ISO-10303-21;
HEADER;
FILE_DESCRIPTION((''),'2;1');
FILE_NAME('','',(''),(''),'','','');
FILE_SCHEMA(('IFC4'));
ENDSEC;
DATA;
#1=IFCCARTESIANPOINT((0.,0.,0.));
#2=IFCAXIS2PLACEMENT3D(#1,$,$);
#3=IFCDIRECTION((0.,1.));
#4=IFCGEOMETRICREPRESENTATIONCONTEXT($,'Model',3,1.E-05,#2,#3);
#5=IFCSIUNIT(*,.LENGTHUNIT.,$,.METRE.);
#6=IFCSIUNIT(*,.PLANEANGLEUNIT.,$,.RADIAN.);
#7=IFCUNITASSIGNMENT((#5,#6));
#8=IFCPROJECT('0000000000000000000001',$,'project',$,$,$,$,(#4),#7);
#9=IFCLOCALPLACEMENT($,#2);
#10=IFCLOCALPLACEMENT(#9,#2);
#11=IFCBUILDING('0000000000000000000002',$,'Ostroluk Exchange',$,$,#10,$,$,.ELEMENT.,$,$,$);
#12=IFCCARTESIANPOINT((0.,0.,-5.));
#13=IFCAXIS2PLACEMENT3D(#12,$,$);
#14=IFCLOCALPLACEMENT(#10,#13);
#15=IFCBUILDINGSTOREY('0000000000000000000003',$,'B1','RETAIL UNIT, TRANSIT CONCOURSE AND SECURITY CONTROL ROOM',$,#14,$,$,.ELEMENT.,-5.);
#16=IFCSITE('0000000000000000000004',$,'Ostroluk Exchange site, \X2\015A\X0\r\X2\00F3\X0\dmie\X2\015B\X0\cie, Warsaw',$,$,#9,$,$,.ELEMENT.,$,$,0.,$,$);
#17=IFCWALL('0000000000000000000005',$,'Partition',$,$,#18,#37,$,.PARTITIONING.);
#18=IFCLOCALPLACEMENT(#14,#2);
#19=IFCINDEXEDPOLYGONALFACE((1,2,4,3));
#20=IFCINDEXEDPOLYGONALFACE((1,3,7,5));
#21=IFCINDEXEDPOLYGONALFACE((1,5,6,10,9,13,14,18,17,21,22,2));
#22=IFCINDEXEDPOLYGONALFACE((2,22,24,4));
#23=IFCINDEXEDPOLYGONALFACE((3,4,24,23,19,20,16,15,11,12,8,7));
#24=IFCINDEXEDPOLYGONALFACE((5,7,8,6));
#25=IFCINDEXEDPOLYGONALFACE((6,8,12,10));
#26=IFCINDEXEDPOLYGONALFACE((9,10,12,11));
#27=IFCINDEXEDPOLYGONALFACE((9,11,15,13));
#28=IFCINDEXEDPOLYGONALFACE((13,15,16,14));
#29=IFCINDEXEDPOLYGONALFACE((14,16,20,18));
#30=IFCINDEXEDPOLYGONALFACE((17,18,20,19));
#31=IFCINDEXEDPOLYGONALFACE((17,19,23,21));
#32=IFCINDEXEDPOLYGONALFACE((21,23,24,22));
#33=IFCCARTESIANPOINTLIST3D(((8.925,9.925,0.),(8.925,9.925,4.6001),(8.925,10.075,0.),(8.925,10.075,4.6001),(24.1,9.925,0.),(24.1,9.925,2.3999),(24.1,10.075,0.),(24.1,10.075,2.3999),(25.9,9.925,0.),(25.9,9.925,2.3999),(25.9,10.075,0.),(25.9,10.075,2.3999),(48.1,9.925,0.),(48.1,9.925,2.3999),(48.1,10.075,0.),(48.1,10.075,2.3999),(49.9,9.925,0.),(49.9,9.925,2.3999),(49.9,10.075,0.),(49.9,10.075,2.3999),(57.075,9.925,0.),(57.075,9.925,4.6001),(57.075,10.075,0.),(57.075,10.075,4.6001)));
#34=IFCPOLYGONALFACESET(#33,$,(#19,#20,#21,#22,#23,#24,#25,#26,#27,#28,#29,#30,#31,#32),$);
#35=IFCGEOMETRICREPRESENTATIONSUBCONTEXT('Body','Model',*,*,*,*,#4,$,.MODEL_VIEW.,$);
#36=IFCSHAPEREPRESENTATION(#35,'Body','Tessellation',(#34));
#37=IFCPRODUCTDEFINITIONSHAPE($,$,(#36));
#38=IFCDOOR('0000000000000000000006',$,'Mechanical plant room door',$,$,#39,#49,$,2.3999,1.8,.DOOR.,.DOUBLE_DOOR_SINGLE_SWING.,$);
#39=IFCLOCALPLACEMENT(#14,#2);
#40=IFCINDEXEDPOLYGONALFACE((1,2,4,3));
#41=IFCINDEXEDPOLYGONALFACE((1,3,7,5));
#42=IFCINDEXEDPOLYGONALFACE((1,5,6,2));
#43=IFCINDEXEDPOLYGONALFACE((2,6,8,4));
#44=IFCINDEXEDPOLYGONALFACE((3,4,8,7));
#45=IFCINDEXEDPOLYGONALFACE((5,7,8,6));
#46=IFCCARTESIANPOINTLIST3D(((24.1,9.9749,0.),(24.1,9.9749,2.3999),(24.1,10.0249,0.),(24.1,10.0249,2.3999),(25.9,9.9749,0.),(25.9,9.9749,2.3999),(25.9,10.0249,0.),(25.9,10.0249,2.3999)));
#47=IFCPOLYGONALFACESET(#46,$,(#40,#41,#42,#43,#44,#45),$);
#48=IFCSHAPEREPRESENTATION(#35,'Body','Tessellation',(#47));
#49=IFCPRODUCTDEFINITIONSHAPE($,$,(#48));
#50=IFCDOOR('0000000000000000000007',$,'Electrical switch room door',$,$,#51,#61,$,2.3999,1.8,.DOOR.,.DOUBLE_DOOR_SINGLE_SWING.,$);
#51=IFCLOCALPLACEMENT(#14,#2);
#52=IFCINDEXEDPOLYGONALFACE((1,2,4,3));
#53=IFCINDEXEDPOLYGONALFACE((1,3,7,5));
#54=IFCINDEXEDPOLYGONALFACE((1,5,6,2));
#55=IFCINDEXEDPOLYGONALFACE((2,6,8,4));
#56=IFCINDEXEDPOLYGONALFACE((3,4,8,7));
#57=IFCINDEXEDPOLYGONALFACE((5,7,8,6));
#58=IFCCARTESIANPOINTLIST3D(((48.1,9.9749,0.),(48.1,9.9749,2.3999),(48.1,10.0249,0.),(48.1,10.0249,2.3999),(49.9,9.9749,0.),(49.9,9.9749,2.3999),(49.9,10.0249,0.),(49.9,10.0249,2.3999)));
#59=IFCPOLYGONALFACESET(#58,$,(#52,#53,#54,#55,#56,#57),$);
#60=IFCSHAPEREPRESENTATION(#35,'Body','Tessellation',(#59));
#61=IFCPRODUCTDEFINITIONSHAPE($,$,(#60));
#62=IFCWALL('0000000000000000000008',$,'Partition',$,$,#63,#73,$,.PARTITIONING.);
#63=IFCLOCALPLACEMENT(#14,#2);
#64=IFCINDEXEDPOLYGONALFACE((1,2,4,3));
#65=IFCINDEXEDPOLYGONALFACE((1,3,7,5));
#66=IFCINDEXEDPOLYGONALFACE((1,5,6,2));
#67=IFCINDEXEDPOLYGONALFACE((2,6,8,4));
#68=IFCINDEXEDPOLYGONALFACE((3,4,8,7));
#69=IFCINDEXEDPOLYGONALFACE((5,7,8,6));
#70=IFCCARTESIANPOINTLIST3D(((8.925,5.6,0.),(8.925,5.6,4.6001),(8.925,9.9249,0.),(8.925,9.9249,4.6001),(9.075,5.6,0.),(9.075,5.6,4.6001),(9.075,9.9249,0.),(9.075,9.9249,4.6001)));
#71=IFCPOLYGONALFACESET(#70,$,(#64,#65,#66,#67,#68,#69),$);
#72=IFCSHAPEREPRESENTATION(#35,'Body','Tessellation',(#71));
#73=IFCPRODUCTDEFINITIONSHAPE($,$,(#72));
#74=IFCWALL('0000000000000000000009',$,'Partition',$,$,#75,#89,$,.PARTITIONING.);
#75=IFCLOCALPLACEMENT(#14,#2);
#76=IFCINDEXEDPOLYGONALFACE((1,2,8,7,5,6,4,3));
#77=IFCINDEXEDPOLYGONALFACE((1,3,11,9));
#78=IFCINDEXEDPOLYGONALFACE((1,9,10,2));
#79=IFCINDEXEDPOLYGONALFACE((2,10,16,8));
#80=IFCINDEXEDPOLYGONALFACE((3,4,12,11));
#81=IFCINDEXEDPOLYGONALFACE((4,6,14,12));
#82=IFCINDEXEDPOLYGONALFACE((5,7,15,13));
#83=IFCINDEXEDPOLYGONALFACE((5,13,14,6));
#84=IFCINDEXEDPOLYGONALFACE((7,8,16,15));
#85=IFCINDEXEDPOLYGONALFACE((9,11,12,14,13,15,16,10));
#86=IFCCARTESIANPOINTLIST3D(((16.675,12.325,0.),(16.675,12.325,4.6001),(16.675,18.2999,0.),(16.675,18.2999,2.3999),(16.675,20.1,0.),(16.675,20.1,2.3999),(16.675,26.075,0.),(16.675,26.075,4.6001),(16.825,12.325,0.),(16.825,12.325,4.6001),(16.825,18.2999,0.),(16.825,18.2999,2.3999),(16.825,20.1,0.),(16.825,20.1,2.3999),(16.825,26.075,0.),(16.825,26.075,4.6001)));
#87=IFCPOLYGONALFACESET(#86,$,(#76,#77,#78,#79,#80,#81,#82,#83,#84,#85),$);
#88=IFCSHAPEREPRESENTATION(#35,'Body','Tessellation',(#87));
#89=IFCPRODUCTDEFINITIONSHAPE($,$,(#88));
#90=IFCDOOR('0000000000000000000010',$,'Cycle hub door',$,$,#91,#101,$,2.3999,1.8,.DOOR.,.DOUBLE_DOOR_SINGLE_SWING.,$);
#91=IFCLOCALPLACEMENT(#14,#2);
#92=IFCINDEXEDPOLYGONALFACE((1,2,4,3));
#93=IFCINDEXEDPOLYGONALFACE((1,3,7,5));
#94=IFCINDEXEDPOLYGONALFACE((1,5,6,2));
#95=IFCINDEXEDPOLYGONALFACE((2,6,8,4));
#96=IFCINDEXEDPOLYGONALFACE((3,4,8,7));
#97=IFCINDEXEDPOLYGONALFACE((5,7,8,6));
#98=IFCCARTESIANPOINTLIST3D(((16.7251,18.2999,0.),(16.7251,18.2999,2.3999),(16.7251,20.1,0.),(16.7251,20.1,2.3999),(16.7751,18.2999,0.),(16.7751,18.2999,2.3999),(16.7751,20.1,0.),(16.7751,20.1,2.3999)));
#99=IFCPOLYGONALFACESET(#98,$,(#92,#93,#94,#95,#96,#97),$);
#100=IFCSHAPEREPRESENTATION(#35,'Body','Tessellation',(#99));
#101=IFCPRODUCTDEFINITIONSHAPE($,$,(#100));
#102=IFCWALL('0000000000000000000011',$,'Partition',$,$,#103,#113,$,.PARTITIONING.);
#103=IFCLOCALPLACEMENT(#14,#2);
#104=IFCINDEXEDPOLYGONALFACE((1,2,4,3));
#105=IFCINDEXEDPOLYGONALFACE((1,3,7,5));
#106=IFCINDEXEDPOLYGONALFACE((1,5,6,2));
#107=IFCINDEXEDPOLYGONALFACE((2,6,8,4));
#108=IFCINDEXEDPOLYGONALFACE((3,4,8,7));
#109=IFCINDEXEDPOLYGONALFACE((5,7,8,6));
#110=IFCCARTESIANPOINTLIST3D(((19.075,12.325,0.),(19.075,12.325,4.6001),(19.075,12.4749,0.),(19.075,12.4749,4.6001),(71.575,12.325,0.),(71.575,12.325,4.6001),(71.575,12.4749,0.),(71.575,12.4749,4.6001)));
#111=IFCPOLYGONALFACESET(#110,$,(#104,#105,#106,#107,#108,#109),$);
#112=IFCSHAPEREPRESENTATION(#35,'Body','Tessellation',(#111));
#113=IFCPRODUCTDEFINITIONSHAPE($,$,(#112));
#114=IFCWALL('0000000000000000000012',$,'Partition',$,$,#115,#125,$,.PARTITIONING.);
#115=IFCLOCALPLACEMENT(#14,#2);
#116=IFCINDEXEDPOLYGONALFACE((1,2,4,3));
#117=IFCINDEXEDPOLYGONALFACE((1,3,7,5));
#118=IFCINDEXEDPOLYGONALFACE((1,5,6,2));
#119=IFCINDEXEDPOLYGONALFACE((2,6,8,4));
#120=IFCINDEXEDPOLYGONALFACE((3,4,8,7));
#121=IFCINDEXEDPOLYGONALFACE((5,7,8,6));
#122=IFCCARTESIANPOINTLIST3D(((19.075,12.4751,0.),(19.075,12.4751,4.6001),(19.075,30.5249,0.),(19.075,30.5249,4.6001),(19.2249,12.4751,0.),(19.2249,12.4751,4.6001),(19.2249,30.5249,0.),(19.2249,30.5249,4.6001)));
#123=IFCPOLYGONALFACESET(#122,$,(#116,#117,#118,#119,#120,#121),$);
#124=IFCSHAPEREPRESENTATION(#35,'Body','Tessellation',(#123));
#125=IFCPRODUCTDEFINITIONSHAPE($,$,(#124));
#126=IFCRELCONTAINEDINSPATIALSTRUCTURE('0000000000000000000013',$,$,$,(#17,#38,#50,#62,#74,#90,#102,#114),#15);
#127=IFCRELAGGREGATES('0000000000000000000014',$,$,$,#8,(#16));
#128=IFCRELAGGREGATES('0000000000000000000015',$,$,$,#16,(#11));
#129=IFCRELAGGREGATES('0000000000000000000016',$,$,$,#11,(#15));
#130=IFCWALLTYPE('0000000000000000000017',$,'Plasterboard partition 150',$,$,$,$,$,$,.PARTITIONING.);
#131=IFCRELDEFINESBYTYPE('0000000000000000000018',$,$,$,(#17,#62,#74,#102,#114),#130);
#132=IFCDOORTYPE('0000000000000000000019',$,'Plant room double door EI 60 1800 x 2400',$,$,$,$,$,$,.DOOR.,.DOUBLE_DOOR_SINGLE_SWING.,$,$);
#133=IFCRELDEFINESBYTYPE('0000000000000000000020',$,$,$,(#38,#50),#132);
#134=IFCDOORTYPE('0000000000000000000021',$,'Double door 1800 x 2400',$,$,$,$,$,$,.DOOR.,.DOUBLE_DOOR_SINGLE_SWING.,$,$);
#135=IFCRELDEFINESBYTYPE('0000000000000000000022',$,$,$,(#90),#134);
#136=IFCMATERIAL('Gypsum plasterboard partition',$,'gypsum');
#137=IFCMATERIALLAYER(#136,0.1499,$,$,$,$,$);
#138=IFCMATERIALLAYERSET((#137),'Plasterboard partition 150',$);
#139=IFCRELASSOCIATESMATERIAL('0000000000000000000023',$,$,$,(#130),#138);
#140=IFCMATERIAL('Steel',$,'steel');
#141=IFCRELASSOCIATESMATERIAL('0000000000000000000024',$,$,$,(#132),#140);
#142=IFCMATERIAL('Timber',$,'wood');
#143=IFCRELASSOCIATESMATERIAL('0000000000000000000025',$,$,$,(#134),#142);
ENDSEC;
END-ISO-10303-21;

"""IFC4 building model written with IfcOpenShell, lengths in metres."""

from ifc_helpers import new_model, si_unit, direction, frame, frame_2d, origin, place, context, subcontext, project, spatial, rectangle, extrude, material, layer, layer_set, type_object, element, fill, save


model = new_model("IFC4")

# Units and contexts
model_context = context("Model", 3, precision=1e-05, world=origin(), true_north=direction((0.0, 1.0)))
body_context = subcontext(model_context, "Body", "Model", "MODEL_VIEW")
ifc_project = project(units=[si_unit("LENGTHUNIT", "METRE"), si_unit("PLANEANGLEUNIT", "RADIAN")], contexts=[model_context])

# Site, building, storey
site_placement = place(None, origin())
site = spatial("IfcSite", under=ifc_project, at=site_placement, Name="Ostroluk Exchange site, Śródmieście, Warsaw", CompositionType="ELEMENT", RefElevation=0.0)
building_placement = place(site_placement, origin())
building = spatial("IfcBuilding", under=site, at=building_placement, Name="Ostroluk Exchange", CompositionType="ELEMENT")
storey_placement = place(building_placement, frame((0.0, 0.0, -5.0)))
storey = spatial("IfcBuildingStorey", under=building, at=storey_placement, Name="B1", Description="RETAIL UNIT, TRANSIT CONCOURSE AND SECURITY CONTROL ROOM", CompositionType="ELEMENT", Elevation=-5.0)

# Wall, openings, doors
ifc_material_1 = material(Name="Gypsum plasterboard partition", Category="gypsum")
ifc_layer = layer(ifc_material_1, 0.1499)
ifc_layer_set = layer_set([ifc_layer], Name="Plasterboard partition 150")
wall_type = type_object("IfcWallType", Name="Plasterboard partition 150", PredefinedType="PARTITIONING", material=ifc_layer_set)
wall_1_placement = place(storey_placement, frame((8.925, 10.0, 0.0), z_axis=(0.0, 0.0, 1.0), x_axis=(1.0, 0.0, 0.0)))
wall_1 = element("IfcWall", 1, at=wall_1_placement, inside=storey, type_object=wall_type, Name="Partition", PredefinedType="PARTITIONING", context=body_context, shape_type="SweptSolid", body=[
    extrude(rectangle(XDim=48.1499, YDim=0.1499, at=frame_2d((24.075, 0.0))), origin(), (0.0, 0.0, 1.0), 4.6001),
])
opening_1_placement = place(wall_1_placement, frame((15.175, 0.0, 0.0)))
opening_1 = element("IfcOpeningElement", 2, at=opening_1_placement, cuts=wall_1, PredefinedType="OPENING", context=body_context, shape_type="SweptSolid", body=[
    extrude(rectangle(XDim=1.8, YDim=2.3999, at=frame_2d((0.8999, 1.2))), frame((0.0, 0.085, 0.0), z_axis=(0.0, -1.0, 0.0), x_axis=(1.0, 0.0, 0.0)), (0.0, 0.0, 1.0), 0.1699),
])
opening_2_placement = place(wall_1_placement, frame((39.175, 0.0, 0.0)))
opening_2 = element("IfcOpeningElement", 3, at=opening_2_placement, cuts=wall_1, PredefinedType="OPENING", context=body_context, shape_type="SweptSolid", body=[
    extrude(rectangle(XDim=1.8, YDim=2.3999, at=frame_2d((0.8999, 1.2))), frame((0.0, 0.085, 0.0), z_axis=(0.0, -1.0, 0.0), x_axis=(1.0, 0.0, 0.0)), (0.0, 0.0, 1.0), 0.1699),
])
ifc_material_2 = material(Name="Steel", Category="steel")
door_type_1 = type_object("IfcDoorType", Name="Plant room double door EI 60 1800 x 2400", OperationType="DOUBLE_DOOR_SINGLE_SWING", PredefinedType="DOOR", material=ifc_material_2)
door_1_placement = place(opening_1_placement, origin())
door_1 = element("IfcDoor", 4, at=door_1_placement, inside=storey, type_object=door_type_1, Name="Mechanical plant room door", OperationType="DOUBLE_DOOR_SINGLE_SWING", OverallHeight=2.3999, OverallWidth=1.8, PredefinedType="DOOR", context=body_context, shape_type="SweptSolid", body=[
    extrude(rectangle(XDim=1.8, YDim=2.3999, at=frame_2d((0.8999, 1.2))), frame((0.0, 0.0249, 0.0), z_axis=(0.0, -1.0, 0.0), x_axis=(1.0, 0.0, 0.0)), (0.0, 0.0, 1.0), 0.05),
])
fill(opening_1, door_1)
door_2_placement = place(opening_2_placement, origin())
door_2 = element("IfcDoor", 5, at=door_2_placement, inside=storey, type_object=door_type_1, Name="Electrical switch room door", OperationType="DOUBLE_DOOR_SINGLE_SWING", OverallHeight=2.3999, OverallWidth=1.8, PredefinedType="DOOR", context=body_context, shape_type="SweptSolid", body=[
    extrude(rectangle(XDim=1.8, YDim=2.3999, at=frame_2d((0.8999, 1.2))), frame((0.0, 0.0249, 0.0), z_axis=(0.0, -1.0, 0.0), x_axis=(1.0, 0.0, 0.0)), (0.0, 0.0, 1.0), 0.05),
])
fill(opening_2, door_2)

# Wall
wall_2_placement = place(storey_placement, frame((9.0, 9.925, 0.0), z_axis=(0.0, 0.0, 1.0), x_axis=(0.0, -1.0, 0.0)))
element("IfcWall", 6, at=wall_2_placement, inside=storey, type_object=wall_type, Name="Partition", PredefinedType="PARTITIONING", context=body_context, shape_type="SweptSolid", body=[
    extrude(rectangle(XDim=4.325, YDim=0.1499, at=frame_2d((2.1626, 0.0))), origin(), (0.0, 0.0, 1.0), 4.6001),
])

# Wall, opening, door
wall_3_placement = place(storey_placement, frame((16.75, 12.325, 0.0), z_axis=(0.0, 0.0, 1.0), x_axis=(0.0, 1.0, 0.0)))
wall_3 = element("IfcWall", 7, at=wall_3_placement, inside=storey, type_object=wall_type, Name="Partition", PredefinedType="PARTITIONING", context=body_context, shape_type="SweptSolid", body=[
    extrude(rectangle(XDim=13.75, YDim=0.1499, at=frame_2d((6.875, 0.0))), origin(), (0.0, 0.0, 1.0), 4.6001),
])
opening_3_placement = place(wall_3_placement, frame((5.9751, 0.0, 0.0)))
opening_3 = element("IfcOpeningElement", 8, at=opening_3_placement, cuts=wall_3, PredefinedType="OPENING", context=body_context, shape_type="SweptSolid", body=[
    extrude(rectangle(XDim=1.8, YDim=2.3999, at=frame_2d((0.8999, 1.2))), frame((0.0, 0.085, 0.0), z_axis=(0.0, -1.0, 0.0), x_axis=(1.0, 0.0, 0.0)), (0.0, 0.0, 1.0), 0.1699),
])
ifc_material_3 = material(Name="Timber", Category="wood")
door_type_2 = type_object("IfcDoorType", Name="Double door 1800 x 2400", OperationType="DOUBLE_DOOR_SINGLE_SWING", PredefinedType="DOOR", material=ifc_material_3)
door_3_placement = place(opening_3_placement, origin())
door_3 = element("IfcDoor", 9, at=door_3_placement, inside=storey, type_object=door_type_2, Name="Cycle hub door", OperationType="DOUBLE_DOOR_SINGLE_SWING", OverallHeight=2.3999, OverallWidth=1.8, PredefinedType="DOOR", context=body_context, shape_type="SweptSolid", body=[
    extrude(rectangle(XDim=1.8, YDim=2.3999, at=frame_2d((0.8999, 1.2))), frame((0.0, 0.0249, 0.0), z_axis=(0.0, -1.0, 0.0), x_axis=(1.0, 0.0, 0.0)), (0.0, 0.0, 1.0), 0.05),
])
fill(opening_3, door_3)

# Walls
wall_4_placement = place(storey_placement, frame((19.075, 12.3999, 0.0), z_axis=(0.0, 0.0, 1.0), x_axis=(1.0, 0.0, 0.0)))
element("IfcWall", 10, at=wall_4_placement, inside=storey, type_object=wall_type, Name="Partition", PredefinedType="PARTITIONING", context=body_context, shape_type="SweptSolid", body=[
    extrude(rectangle(XDim=52.5, YDim=0.1499, at=frame_2d((26.25, 0.0))), origin(), (0.0, 0.0, 1.0), 4.6001),
])
wall_5_placement = place(storey_placement, frame((19.1499, 12.4751, 0.0), z_axis=(0.0, 0.0, 1.0), x_axis=(0.0, 1.0, 0.0)))
element("IfcWall", 11, at=wall_5_placement, inside=storey, type_object=wall_type, Name="Partition", PredefinedType="PARTITIONING", context=body_context, shape_type="SweptSolid", body=[
    extrude(rectangle(XDim=18.0498, YDim=0.1499, at=frame_2d((9.0249, 0.0))), origin(), (0.0, 0.0, 1.0), 4.6001),
])

save(model, "model.ifc")
